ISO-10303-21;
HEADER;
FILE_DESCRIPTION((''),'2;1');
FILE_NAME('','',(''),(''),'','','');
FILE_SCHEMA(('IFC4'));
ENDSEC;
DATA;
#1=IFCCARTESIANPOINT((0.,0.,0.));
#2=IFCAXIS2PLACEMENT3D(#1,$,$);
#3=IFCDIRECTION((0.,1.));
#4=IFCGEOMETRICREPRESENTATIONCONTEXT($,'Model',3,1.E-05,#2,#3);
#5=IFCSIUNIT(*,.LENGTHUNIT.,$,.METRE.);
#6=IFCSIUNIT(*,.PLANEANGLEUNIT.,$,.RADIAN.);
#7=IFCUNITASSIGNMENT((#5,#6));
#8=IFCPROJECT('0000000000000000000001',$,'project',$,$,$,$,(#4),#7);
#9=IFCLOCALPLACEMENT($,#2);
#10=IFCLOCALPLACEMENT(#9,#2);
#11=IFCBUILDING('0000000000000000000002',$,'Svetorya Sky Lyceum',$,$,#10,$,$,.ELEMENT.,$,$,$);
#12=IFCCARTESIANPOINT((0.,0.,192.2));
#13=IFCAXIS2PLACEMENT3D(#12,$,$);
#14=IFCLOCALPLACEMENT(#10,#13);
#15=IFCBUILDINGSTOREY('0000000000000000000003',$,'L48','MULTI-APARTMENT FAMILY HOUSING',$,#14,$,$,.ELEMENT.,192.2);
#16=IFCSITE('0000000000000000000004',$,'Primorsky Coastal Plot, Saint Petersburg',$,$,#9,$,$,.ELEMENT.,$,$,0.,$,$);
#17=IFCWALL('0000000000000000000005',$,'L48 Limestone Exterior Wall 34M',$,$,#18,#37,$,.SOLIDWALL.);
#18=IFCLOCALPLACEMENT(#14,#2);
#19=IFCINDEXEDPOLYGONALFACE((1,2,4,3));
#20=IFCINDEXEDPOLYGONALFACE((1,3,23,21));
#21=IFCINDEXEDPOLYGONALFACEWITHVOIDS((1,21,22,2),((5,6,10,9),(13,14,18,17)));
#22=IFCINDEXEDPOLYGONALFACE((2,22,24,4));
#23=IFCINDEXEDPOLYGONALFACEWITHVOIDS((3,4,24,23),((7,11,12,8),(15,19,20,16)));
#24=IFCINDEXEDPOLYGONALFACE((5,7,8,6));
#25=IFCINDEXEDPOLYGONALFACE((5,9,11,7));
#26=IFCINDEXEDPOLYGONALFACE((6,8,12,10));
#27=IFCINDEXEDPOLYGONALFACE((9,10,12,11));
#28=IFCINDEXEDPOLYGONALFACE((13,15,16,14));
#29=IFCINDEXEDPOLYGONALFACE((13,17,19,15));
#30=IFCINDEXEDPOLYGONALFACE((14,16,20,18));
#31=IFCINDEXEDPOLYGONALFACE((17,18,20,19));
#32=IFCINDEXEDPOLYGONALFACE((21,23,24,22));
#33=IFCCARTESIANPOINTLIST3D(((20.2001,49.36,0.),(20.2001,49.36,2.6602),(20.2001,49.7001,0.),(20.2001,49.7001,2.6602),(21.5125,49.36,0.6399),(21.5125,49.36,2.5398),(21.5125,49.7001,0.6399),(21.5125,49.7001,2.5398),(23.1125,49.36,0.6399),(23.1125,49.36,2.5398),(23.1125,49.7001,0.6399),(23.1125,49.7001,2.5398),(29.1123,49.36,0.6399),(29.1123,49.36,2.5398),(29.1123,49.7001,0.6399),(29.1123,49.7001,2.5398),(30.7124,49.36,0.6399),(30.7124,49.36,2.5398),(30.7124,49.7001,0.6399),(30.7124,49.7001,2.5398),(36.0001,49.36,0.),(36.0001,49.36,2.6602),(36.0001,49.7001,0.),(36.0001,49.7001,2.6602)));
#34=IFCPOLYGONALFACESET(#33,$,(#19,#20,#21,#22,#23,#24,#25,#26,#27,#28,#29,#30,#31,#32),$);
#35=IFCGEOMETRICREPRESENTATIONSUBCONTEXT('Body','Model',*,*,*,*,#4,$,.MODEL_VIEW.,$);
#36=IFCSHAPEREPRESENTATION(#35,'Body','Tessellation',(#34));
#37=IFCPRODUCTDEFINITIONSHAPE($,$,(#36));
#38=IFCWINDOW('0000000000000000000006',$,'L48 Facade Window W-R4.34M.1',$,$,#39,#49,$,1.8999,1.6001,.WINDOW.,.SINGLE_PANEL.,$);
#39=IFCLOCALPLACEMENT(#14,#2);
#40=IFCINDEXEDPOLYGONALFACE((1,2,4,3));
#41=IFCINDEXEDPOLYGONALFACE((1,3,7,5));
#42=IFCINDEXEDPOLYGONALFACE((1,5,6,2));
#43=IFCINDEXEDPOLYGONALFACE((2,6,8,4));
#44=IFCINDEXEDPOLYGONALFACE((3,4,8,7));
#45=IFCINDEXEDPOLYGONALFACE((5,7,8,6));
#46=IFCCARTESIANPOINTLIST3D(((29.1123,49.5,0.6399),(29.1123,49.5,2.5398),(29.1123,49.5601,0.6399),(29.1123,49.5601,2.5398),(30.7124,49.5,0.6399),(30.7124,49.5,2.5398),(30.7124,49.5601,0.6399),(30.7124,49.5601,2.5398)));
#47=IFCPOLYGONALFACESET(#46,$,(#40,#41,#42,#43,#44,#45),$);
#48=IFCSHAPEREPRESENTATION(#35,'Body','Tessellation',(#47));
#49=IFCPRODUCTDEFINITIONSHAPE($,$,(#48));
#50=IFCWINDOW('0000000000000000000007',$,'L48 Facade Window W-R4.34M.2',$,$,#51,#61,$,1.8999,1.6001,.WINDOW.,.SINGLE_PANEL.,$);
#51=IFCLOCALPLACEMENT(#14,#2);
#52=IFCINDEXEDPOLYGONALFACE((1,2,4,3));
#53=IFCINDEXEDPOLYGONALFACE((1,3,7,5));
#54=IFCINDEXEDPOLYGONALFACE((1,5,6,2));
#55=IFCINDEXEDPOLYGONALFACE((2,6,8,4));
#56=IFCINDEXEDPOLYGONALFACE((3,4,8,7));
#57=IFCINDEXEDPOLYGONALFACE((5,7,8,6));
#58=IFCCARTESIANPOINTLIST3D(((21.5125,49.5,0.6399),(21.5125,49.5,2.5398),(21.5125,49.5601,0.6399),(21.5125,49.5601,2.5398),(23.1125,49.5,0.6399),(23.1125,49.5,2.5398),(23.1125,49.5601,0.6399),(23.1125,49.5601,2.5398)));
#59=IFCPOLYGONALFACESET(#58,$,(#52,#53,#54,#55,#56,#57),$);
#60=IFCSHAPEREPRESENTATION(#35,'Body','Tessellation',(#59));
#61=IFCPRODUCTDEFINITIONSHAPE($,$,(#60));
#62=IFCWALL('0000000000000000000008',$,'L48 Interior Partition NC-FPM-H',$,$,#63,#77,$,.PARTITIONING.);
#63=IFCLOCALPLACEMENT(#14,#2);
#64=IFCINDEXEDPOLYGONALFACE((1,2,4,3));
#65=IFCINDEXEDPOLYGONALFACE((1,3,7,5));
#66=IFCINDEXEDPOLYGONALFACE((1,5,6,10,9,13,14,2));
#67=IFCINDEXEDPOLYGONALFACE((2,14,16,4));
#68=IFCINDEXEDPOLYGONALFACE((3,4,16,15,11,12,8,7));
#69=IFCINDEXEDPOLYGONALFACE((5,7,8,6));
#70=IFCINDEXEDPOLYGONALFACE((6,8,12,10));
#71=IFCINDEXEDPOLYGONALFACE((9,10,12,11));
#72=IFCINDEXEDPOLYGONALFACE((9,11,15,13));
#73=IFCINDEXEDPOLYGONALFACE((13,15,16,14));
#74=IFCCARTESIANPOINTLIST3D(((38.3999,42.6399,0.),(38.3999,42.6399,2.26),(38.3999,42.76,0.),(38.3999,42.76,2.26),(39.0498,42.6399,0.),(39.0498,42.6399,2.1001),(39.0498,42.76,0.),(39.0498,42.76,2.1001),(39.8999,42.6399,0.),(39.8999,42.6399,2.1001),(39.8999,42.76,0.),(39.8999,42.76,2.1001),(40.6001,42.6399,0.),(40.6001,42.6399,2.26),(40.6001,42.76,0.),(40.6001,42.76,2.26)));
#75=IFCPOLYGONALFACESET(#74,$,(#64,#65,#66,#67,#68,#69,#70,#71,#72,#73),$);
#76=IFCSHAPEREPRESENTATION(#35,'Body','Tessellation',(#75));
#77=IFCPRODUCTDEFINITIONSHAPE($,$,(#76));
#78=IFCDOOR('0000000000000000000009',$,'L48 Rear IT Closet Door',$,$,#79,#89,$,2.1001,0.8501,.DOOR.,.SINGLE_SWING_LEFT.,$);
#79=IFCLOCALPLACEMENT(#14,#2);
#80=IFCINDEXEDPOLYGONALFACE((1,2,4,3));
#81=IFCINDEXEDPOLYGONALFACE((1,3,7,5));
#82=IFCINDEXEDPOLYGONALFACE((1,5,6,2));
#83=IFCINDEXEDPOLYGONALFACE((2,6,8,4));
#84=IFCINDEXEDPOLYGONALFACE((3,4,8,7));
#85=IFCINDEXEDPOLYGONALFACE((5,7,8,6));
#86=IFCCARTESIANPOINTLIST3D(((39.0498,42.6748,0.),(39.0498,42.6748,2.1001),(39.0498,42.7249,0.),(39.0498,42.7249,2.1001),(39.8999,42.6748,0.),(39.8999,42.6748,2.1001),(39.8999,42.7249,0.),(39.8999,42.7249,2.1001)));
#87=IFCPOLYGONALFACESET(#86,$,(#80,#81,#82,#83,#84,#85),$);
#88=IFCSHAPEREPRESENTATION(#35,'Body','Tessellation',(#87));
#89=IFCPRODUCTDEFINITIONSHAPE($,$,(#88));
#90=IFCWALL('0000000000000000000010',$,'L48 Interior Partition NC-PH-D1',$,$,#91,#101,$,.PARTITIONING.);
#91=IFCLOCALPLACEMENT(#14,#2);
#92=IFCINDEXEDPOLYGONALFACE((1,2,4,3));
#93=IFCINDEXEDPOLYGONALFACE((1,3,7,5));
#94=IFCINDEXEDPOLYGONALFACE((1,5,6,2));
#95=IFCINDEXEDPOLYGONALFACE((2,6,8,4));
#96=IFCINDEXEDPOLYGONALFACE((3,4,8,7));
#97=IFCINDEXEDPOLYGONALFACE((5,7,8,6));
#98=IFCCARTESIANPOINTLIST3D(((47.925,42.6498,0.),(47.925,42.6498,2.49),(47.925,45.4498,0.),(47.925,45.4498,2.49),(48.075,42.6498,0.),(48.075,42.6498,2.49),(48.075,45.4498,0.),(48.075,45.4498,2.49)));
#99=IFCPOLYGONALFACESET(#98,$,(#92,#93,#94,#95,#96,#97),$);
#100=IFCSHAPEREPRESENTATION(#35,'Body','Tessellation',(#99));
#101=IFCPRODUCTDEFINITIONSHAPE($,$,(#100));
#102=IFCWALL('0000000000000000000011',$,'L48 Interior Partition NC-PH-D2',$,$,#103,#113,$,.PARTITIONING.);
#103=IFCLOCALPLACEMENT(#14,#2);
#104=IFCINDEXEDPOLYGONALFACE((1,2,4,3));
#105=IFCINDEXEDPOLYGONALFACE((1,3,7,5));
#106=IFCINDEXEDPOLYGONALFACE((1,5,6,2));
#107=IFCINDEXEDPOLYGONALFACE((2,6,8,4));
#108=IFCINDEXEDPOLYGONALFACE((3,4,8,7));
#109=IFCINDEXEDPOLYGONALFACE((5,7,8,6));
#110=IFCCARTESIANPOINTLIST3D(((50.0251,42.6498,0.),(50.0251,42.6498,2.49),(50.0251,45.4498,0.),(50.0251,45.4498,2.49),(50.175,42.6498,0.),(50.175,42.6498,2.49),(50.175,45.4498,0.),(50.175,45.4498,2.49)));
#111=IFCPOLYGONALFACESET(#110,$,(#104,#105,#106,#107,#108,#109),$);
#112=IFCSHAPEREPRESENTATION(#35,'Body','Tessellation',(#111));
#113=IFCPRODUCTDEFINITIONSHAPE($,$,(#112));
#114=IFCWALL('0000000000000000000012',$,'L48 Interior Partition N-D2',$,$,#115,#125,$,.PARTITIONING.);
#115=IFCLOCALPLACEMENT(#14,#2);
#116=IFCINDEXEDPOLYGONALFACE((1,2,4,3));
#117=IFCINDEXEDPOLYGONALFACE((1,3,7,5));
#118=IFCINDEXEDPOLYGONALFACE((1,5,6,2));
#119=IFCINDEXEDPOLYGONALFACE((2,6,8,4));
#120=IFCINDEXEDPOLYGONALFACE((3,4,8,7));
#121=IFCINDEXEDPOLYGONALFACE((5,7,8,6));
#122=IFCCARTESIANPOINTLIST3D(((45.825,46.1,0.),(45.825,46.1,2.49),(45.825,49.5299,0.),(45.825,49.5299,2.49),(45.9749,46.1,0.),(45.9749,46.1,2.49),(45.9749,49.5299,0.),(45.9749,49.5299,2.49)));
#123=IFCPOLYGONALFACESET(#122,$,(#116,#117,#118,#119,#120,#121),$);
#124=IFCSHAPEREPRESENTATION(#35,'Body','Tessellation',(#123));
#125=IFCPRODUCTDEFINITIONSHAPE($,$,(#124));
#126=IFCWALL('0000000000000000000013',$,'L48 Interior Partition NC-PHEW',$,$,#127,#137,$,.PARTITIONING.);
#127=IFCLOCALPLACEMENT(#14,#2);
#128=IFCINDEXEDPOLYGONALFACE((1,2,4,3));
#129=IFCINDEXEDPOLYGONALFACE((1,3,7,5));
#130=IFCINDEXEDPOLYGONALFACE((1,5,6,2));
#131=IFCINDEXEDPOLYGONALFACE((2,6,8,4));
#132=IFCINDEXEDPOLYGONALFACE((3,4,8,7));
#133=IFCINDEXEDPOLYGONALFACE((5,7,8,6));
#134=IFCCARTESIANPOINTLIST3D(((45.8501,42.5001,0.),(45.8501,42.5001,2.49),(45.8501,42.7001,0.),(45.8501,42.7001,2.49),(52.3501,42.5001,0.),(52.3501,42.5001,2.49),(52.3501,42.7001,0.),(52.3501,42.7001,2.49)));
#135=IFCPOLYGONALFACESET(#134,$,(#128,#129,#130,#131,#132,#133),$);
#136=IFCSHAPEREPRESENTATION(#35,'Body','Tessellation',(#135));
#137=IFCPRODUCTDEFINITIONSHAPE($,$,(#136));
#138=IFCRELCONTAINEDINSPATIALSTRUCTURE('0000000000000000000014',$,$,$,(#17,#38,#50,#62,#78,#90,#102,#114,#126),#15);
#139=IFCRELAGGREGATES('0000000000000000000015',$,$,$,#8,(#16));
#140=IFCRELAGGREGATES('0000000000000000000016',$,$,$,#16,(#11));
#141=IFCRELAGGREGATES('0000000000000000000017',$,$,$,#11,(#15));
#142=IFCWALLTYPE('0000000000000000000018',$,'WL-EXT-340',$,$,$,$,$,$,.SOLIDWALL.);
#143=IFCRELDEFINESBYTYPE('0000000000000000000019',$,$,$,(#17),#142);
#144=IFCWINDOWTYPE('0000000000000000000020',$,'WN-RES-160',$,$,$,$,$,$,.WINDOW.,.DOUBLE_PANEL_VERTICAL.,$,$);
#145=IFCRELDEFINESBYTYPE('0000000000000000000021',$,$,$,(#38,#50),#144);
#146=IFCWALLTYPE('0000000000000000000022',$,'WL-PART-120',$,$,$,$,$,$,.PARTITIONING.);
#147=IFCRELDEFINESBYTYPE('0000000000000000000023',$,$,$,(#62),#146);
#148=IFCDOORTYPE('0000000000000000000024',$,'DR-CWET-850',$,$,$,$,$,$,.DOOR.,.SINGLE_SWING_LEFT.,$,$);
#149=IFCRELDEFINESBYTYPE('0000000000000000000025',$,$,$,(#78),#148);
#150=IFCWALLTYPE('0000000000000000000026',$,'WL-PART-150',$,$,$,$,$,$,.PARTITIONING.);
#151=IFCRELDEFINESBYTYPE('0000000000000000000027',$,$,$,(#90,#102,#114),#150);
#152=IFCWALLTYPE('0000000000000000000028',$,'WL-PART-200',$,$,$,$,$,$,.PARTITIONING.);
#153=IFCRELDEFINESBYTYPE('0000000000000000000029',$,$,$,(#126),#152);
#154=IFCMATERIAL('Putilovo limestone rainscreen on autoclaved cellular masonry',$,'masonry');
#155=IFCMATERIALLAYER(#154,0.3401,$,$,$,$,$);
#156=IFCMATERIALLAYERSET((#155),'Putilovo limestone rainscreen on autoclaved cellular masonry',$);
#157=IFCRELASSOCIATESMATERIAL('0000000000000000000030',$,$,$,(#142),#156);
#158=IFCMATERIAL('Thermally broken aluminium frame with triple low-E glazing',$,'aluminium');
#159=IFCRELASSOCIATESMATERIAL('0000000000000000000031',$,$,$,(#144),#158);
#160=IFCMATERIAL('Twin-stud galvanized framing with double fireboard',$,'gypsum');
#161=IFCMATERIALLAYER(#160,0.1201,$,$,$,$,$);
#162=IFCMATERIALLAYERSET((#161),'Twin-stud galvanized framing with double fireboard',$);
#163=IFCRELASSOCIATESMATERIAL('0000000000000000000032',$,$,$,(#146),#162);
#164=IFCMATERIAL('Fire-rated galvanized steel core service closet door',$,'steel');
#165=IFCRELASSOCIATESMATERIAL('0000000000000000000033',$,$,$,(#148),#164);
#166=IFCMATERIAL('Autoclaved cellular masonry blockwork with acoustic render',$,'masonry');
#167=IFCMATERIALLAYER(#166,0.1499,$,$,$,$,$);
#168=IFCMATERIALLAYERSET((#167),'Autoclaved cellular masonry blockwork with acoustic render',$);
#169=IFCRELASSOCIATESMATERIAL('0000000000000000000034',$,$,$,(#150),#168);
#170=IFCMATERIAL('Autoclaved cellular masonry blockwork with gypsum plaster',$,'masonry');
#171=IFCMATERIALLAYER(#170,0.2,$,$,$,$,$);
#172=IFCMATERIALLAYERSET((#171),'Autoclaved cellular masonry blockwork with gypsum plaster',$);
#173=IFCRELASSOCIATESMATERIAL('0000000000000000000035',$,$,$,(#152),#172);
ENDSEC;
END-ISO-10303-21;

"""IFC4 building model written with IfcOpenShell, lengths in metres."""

from ifc_helpers import new_model, si_unit, direction, frame, frame_2d, origin, place, context, subcontext, project, spatial, rectangle, extrude, material, layer, layer_set, type_object, element, fill, save


model = new_model("IFC4")

# Units and contexts
model_context = context("Model", 3, precision=1e-05, world=origin(), true_north=direction((0.0, 1.0)))
body_context = subcontext(model_context, "Body", "Model", "MODEL_VIEW")
ifc_project = project(units=[si_unit("LENGTHUNIT", "METRE"), si_unit("PLANEANGLEUNIT", "RADIAN")], contexts=[model_context])

# Site, building, storey
site_placement = place(None, origin())
site = spatial("IfcSite", under=ifc_project, at=site_placement, Name="Primorsky Coastal Plot, Saint Petersburg", CompositionType="ELEMENT", RefElevation=0.0)
building_placement = place(site_placement, origin())
building = spatial("IfcBuilding", under=site, at=building_placement, Name="Svetorya Sky Lyceum", CompositionType="ELEMENT")
storey_placement = place(building_placement, frame((0.0, 0.0, 192.2)))
storey = spatial("IfcBuildingStorey", under=building, at=storey_placement, Name="L48", Description="MULTI-APARTMENT FAMILY HOUSING", CompositionType="ELEMENT", Elevation=192.2)

# Shared definitions
ifc_material_1 = material(Name="Putilovo limestone rainscreen on autoclaved cellular masonry", Category="masonry")
ifc_layer_1 = layer(ifc_material_1, 0.3401)
ifc_layer_set_1 = layer_set([ifc_layer_1], Name="Putilovo limestone rainscreen on autoclaved cellular masonry")
wall_type_1 = type_object("IfcWallType", Name="WL-EXT-340", PredefinedType="SOLIDWALL", material=ifc_layer_set_1)

# Wall, openings, windows
wall_1_placement = place(storey_placement, frame((36.0, 49.53, 0.0), z_axis=(0.0, 0.0, 1.0), x_axis=(-1.0, 0.0, 0.0)))
wall_1 = element("IfcWall", 1, at=wall_1_placement, inside=storey, type_object=wall_type_1, Name="L48 Limestone Exterior Wall 34M", PredefinedType="SOLIDWALL", context=body_context, shape_type="SweptSolid", body=[
    extrude(rectangle(XDim=15.8, YDim=0.3401, at=frame_2d((7.8999, 0.0))), origin(), (0.0, 0.0, 1.0), 2.6602),
])
opening_1_placement = place(wall_1_placement, frame((5.2876, 0.0, 0.6399)))
opening_1 = element("IfcOpeningElement", 2, at=opening_1_placement, cuts=wall_1, PredefinedType="OPENING", context=body_context, shape_type="SweptSolid", body=[
    extrude(rectangle(XDim=1.6001, YDim=1.8999, at=frame_2d((0.8, 0.95))), frame((0.0, 0.1799, 0.0), z_axis=(0.0, -1.0, 0.0), x_axis=(1.0, 0.0, 0.0)), (0.0, 0.0, 1.0), 0.3601),
])
opening_2_placement = place(wall_1_placement, frame((12.8875, 0.0, 0.6399)))
opening_2 = element("IfcOpeningElement", 3, at=opening_2_placement, cuts=wall_1, PredefinedType="OPENING", context=body_context, shape_type="SweptSolid", body=[
    extrude(rectangle(XDim=1.6001, YDim=1.8999, at=frame_2d((0.8, 0.95))), frame((0.0, 0.1799, 0.0), z_axis=(0.0, -1.0, 0.0), x_axis=(1.0, 0.0, 0.0)), (0.0, 0.0, 1.0), 0.3601),
])
ifc_material_2 = material(Name="Thermally broken aluminium frame with triple low-E glazing", Category="aluminium")
window_type = type_object("IfcWindowType", Name="WN-RES-160", PartitioningType="DOUBLE_PANEL_VERTICAL", PredefinedType="WINDOW", material=ifc_material_2)
window_1_placement = place(opening_1_placement, origin())
window_1 = element("IfcWindow", 4, at=window_1_placement, inside=storey, type_object=window_type, Name="L48 Facade Window W-R4.34M.1", OverallHeight=1.8999, OverallWidth=1.6001, PartitioningType="SINGLE_PANEL", PredefinedType="WINDOW", context=body_context, shape_type="SweptSolid", body=[
    extrude(rectangle(XDim=1.6001, YDim=1.8999, at=frame_2d((0.8, 0.95))), frame((0.0, 0.03, 0.0), z_axis=(0.0, -1.0, 0.0), x_axis=(1.0, 0.0, 0.0)), (0.0, 0.0, 1.0), 0.0601),
])
fill(opening_1, window_1)
window_2_placement = place(opening_2_placement, origin())
window_2 = element("IfcWindow", 5, at=window_2_placement, inside=storey, type_object=window_type, Name="L48 Facade Window W-R4.34M.2", OverallHeight=1.8999, OverallWidth=1.6001, PartitioningType="SINGLE_PANEL", PredefinedType="WINDOW", context=body_context, shape_type="SweptSolid", body=[
    extrude(rectangle(XDim=1.6001, YDim=1.8999, at=frame_2d((0.8, 0.95))), frame((0.0, 0.03, 0.0), z_axis=(0.0, -1.0, 0.0), x_axis=(1.0, 0.0, 0.0)), (0.0, 0.0, 1.0), 0.0601),
])
fill(opening_2, window_2)

# Wall, opening, door
ifc_material_3 = material(Name="Twin-stud galvanized framing with double fireboard", Category="gypsum")
ifc_layer_2 = layer(ifc_material_3, 0.1201)
ifc_layer_set_2 = layer_set([ifc_layer_2], Name="Twin-stud galvanized framing with double fireboard")
wall_type_2 = type_object("IfcWallType", Name="WL-PART-120", PredefinedType="PARTITIONING", material=ifc_layer_set_2)
wall_2_placement = place(storey_placement, frame((38.3999, 42.7, 0.0), z_axis=(0.0, 0.0, 1.0), x_axis=(1.0, 0.0, 0.0)))
wall_2 = element("IfcWall", 6, at=wall_2_placement, inside=storey, type_object=wall_type_2, Name="L48 Interior Partition NC-FPM-H", PredefinedType="PARTITIONING", context=body_context, shape_type="SweptSolid", body=[
    extrude(rectangle(XDim=2.2002, YDim=0.1201, at=frame_2d((1.1001, 0.0))), origin(), (0.0, 0.0, 1.0), 2.26),
])
opening_3_placement = place(wall_2_placement, frame((0.6499, 0.0, 0.0)))
opening_3 = element("IfcOpeningElement", 7, at=opening_3_placement, cuts=wall_2, PredefinedType="OPENING", context=body_context, shape_type="SweptSolid", body=[
    extrude(rectangle(XDim=0.8501, YDim=2.1001, at=frame_2d((0.425, 1.05))), frame((0.0, 0.0701, 0.0), z_axis=(0.0, -1.0, 0.0), x_axis=(1.0, 0.0, 0.0)), (0.0, 0.0, 1.0), 0.1401),
])
ifc_material_4 = material(Name="Fire-rated galvanized steel core service closet door", Category="steel")
door_type = type_object("IfcDoorType", Name="DR-CWET-850", OperationType="SINGLE_SWING_LEFT", PredefinedType="DOOR", material=ifc_material_4)
door_placement = place(opening_3_placement, origin())
door = element("IfcDoor", 8, at=door_placement, inside=storey, type_object=door_type, Name="L48 Rear IT Closet Door", OperationType="SINGLE_SWING_LEFT", OverallHeight=2.1001, OverallWidth=0.8501, PredefinedType="DOOR", context=body_context, shape_type="SweptSolid", body=[
    extrude(rectangle(XDim=0.8501, YDim=2.1001, at=frame_2d((0.425, 1.05))), frame((0.0, 0.0249, 0.0), z_axis=(0.0, -1.0, 0.0), x_axis=(1.0, 0.0, 0.0)), (0.0, 0.0, 1.0), 0.05),
])
fill(opening_3, door)

# Walls
ifc_material_5 = material(Name="Autoclaved cellular masonry blockwork with acoustic render", Category="masonry")
ifc_layer_3 = layer(ifc_material_5, 0.1499)
ifc_layer_set_3 = layer_set([ifc_layer_3], Name="Autoclaved cellular masonry blockwork with acoustic render")
wall_type_3 = type_object("IfcWallType", Name="WL-PART-150", PredefinedType="PARTITIONING", material=ifc_layer_set_3)
for number, where, z_axis, x_axis, name in (
    (9, (48.0, 42.6499, 0.0), (0.0, 0.0, 1.0), (0.0, 1.0, 0.0), "L48 Interior Partition NC-PH-D1"),
    (10, (50.1001, 42.6499, 0.0), (0.0, 0.0, 1.0), (0.0, 1.0, 0.0), "L48 Interior Partition NC-PH-D2"),
):
    element("IfcWall", number, at=place(storey_placement, frame(where, z_axis=z_axis, x_axis=x_axis)), inside=storey, type_object=wall_type_3, Name=name, PredefinedType="PARTITIONING", context=body_context, shape_type="SweptSolid", body=[
        extrude(rectangle(XDim=2.8, YDim=0.1499, at=frame_2d((1.3999, 0.0))), origin(), (0.0, 0.0, 1.0), 2.49),
    ])
wall_3_placement = place(storey_placement, frame((45.8999, 46.1001, 0.0), z_axis=(0.0, 0.0, 1.0), x_axis=(0.0, 1.0, 0.0)))
element("IfcWall", 11, at=wall_3_placement, inside=storey, type_object=wall_type_3, Name="L48 Interior Partition N-D2", PredefinedType="PARTITIONING", context=body_context, shape_type="SweptSolid", body=[
    extrude(rectangle(XDim=3.4299, YDim=0.1499, at=frame_2d((1.7148, 0.0))), origin(), (0.0, 0.0, 1.0), 2.49),
])
ifc_material_6 = material(Name="Autoclaved cellular masonry blockwork with gypsum plaster", Category="masonry")
ifc_layer_4 = layer(ifc_material_6, 0.2)
ifc_layer_set_4 = layer_set([ifc_layer_4], Name="Autoclaved cellular masonry blockwork with gypsum plaster")
wall_type_4 = type_object("IfcWallType", Name="WL-PART-200", PredefinedType="PARTITIONING", material=ifc_layer_set_4)
wall_4_placement = place(storey_placement, frame((52.3501, 42.6001, 0.0), z_axis=(0.0, 0.0, 1.0), x_axis=(-1.0, 0.0, 0.0)))
element("IfcWall", 12, at=wall_4_placement, inside=storey, type_object=wall_type_4, Name="L48 Interior Partition NC-PHEW", PredefinedType="PARTITIONING", context=body_context, shape_type="SweptSolid", body=[
    extrude(rectangle(XDim=6.5, YDim=0.2, at=frame_2d((3.25, 0.0))), origin(), (0.0, 0.0, 1.0), 2.49),
])

save(model, "model.ifc")
